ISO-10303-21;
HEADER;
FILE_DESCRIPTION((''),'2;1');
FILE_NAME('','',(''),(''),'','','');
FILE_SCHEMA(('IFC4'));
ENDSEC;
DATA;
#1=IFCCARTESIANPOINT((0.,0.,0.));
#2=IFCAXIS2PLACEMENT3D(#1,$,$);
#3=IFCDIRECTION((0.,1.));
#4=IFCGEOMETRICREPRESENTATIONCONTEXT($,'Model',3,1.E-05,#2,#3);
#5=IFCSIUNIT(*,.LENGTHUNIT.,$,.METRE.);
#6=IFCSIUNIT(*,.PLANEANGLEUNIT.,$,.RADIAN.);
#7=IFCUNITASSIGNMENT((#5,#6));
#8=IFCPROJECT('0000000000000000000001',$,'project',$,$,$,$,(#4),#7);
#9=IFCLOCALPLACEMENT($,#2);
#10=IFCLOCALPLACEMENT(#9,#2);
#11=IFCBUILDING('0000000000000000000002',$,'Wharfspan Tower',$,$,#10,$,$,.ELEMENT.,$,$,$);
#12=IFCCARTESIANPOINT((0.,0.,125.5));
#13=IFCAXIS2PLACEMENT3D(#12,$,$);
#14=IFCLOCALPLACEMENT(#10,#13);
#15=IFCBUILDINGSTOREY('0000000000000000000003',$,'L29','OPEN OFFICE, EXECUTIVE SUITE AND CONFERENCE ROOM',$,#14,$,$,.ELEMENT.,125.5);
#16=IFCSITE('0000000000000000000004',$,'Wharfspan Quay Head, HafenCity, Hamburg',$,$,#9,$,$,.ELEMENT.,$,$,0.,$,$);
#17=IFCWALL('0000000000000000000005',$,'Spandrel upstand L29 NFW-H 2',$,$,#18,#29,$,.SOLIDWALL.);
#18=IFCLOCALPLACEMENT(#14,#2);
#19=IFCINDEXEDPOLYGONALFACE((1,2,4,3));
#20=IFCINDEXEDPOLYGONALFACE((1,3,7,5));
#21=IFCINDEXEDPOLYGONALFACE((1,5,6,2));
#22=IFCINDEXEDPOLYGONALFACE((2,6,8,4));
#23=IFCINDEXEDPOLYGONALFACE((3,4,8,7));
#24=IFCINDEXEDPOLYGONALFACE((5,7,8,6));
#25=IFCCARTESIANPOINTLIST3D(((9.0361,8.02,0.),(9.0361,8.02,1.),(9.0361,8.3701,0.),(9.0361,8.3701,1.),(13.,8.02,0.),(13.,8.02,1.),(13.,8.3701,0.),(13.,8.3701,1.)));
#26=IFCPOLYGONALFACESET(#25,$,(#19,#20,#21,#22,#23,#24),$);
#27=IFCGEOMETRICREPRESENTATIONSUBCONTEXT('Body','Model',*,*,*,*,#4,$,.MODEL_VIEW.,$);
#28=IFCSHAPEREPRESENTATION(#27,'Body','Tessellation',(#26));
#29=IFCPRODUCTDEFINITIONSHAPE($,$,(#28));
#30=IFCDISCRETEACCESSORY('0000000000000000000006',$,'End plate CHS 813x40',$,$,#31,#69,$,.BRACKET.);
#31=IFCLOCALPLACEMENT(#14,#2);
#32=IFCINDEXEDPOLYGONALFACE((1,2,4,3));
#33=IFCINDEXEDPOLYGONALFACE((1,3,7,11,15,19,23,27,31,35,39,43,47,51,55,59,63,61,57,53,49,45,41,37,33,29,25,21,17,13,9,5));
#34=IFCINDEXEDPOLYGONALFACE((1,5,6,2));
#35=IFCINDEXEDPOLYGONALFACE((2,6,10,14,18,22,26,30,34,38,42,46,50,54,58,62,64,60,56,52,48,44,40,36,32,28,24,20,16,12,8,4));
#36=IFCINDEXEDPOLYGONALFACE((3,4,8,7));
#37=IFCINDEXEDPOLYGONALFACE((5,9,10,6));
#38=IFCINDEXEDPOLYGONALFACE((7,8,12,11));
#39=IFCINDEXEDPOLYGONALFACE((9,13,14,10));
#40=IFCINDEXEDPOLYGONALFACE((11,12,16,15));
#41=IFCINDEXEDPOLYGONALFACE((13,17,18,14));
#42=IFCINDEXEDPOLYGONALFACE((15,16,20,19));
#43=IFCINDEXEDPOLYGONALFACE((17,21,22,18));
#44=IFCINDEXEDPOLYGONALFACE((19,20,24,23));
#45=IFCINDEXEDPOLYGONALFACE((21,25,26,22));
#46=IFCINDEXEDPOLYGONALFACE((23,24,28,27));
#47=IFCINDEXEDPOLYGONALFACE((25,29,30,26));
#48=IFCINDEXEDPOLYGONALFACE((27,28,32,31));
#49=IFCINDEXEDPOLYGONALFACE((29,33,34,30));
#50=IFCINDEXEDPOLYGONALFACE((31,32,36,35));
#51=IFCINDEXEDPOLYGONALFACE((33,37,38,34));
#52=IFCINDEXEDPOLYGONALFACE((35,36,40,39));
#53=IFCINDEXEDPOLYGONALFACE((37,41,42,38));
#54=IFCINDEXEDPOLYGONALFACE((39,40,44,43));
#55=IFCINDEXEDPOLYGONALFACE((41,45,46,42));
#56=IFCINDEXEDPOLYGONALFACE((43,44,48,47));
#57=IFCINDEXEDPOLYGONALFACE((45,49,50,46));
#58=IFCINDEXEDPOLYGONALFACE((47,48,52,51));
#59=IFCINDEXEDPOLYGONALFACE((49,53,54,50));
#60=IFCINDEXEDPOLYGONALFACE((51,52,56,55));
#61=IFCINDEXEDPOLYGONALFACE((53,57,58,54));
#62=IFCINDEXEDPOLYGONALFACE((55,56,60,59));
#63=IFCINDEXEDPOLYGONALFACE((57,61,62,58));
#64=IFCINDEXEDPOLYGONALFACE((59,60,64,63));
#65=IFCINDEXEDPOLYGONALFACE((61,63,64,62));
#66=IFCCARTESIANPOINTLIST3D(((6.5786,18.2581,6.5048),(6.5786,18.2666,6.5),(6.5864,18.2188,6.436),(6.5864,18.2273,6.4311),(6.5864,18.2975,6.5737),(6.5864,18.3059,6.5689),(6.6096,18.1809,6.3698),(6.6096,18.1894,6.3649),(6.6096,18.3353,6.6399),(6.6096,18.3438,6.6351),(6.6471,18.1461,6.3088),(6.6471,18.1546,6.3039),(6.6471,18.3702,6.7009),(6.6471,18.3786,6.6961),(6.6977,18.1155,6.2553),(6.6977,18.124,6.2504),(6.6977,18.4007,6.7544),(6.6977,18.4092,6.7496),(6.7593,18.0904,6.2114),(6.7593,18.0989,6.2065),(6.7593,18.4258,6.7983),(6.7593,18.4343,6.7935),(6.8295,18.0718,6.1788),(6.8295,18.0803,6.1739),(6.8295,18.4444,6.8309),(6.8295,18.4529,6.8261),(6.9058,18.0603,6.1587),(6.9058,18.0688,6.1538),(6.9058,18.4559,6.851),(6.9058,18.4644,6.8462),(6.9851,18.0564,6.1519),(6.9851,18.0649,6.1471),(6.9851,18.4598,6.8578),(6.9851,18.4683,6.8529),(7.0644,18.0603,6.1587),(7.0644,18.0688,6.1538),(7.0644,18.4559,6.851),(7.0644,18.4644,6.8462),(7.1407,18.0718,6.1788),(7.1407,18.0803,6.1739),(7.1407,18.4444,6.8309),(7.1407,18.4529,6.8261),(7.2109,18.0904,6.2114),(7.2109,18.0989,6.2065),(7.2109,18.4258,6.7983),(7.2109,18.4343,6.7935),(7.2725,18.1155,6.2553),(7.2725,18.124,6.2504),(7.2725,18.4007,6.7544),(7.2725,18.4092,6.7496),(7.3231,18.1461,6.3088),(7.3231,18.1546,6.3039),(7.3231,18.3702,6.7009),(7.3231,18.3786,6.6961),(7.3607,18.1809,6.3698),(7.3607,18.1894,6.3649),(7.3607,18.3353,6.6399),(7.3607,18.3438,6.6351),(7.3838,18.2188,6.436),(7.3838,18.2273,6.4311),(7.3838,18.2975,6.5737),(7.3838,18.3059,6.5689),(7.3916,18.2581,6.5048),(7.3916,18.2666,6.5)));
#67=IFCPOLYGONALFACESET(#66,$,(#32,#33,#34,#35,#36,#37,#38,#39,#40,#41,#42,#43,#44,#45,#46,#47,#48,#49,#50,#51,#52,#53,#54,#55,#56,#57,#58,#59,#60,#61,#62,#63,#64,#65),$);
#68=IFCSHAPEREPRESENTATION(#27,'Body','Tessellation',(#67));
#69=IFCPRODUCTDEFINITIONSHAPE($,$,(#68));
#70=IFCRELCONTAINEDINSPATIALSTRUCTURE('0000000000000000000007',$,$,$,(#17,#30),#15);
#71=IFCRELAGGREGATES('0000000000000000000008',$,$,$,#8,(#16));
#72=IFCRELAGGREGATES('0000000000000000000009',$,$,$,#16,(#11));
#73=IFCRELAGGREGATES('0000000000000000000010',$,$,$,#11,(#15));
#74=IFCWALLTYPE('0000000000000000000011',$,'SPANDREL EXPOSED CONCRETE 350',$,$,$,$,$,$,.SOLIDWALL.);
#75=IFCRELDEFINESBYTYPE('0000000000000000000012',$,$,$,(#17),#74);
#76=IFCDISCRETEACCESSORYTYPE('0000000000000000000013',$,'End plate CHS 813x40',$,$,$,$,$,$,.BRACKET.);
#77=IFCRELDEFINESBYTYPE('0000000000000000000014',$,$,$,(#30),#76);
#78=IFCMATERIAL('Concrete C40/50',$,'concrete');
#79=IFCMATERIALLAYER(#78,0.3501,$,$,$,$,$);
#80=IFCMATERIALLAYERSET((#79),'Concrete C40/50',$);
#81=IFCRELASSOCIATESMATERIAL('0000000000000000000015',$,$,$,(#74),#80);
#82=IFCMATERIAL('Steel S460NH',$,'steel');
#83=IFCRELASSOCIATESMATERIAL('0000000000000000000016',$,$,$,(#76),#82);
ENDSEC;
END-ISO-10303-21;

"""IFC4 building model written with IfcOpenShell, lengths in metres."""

from ifc_helpers import new_model, si_unit, direction, frame, frame_2d, origin, origin_2d, place, context, subcontext, project, spatial, rectangle, circle, extrude, material, layer, layer_set, material_profile, profile_set, type_object, element, save


model = new_model("IFC4")

# Units and contexts
model_context = context("Model", 3, precision=1e-05, world=origin(), true_north=direction((0.0, 1.0)))
body_context = subcontext(model_context, "Body", "Model", "MODEL_VIEW")
ifc_project = project(units=[si_unit("LENGTHUNIT", "METRE"), si_unit("PLANEANGLEUNIT", "RADIAN")], contexts=[model_context])

# Site, building, storey
site_placement = place(None, origin())
site = spatial("IfcSite", under=ifc_project, at=site_placement, Name="Wharfspan Quay Head, HafenCity, Hamburg", CompositionType="ELEMENT", RefElevation=0.0)
building_placement = place(site_placement, origin())
building = spatial("IfcBuilding", under=site, at=building_placement, Name="Wharfspan Tower", CompositionType="ELEMENT")
storey_placement = place(building_placement, frame((0.0, 0.0, 125.5)))
storey = spatial("IfcBuildingStorey", under=building, at=storey_placement, Name="L29", Description="OPEN OFFICE, EXECUTIVE SUITE AND CONFERENCE ROOM", CompositionType="ELEMENT", Elevation=125.5)

# Shared definitions
ifc_material_1 = material(Name="Concrete C40/50", Category="concrete")

# Wall
ifc_layer_1 = layer(ifc_material_1, 0.3501)
ifc_layer_set_1 = layer_set([ifc_layer_1], Name="Concrete C40/50")
wall_type_1 = type_object("IfcWallType", Name="SPANDREL EXPOSED CONCRETE 350", PredefinedType="SOLIDWALL", material=ifc_layer_set_1)
wall_1_placement = place(storey_placement, frame((9.0361, 8.1951, 0.0), z_axis=(0.0, 0.0, 1.0), x_axis=(1.0, 0.0, 0.0)))
element("IfcWall", 1, at=wall_1_placement, inside=storey, type_object=wall_type_1, Name="Spandrel upstand L29 NFW-H 2", PredefinedType="SOLIDWALL", context=body_context, shape_type="SweptSolid", body=[
    extrude(rectangle(XDim=3.9639, YDim=0.3501, at=frame_2d((1.9819, 0.0))), origin(), (0.0, 0.0, 1.0), 1.0),
])

# Discrete accessory
ifc_material_2 = material(Name="Steel S460NH", Category="steel")
ifc_material_profile_1 = material_profile(ifc_material_2, circle(Radius=0.4065, at=origin_2d()))
ifc_profile_set_1 = profile_set([ifc_material_profile_1], Name="Steel S460NH")
discrete_accessory_type = type_object("IfcDiscreteAccessoryType", Name="End plate CHS 813x40", PredefinedType="BRACKET", material=ifc_profile_set_1)
discrete_accessory_placement = place(storey_placement, frame((6.9851, 18.2666, 6.5), z_axis=(0.0, -0.868243, 0.496139), x_axis=(1.0, 0.0, 0.0)))
element("IfcDiscreteAccessory", 2, at=discrete_accessory_placement, inside=storey, type_object=discrete_accessory_type, Name="End plate CHS 813x40", PredefinedType="BRACKET", context=body_context, shape_type="SweptSolid", body=[
    extrude(circle(Radius=0.4065, at=origin_2d()), origin(), (0.0, 0.0, 1.0), 0.0098),
])

save(model, "model.ifc")
